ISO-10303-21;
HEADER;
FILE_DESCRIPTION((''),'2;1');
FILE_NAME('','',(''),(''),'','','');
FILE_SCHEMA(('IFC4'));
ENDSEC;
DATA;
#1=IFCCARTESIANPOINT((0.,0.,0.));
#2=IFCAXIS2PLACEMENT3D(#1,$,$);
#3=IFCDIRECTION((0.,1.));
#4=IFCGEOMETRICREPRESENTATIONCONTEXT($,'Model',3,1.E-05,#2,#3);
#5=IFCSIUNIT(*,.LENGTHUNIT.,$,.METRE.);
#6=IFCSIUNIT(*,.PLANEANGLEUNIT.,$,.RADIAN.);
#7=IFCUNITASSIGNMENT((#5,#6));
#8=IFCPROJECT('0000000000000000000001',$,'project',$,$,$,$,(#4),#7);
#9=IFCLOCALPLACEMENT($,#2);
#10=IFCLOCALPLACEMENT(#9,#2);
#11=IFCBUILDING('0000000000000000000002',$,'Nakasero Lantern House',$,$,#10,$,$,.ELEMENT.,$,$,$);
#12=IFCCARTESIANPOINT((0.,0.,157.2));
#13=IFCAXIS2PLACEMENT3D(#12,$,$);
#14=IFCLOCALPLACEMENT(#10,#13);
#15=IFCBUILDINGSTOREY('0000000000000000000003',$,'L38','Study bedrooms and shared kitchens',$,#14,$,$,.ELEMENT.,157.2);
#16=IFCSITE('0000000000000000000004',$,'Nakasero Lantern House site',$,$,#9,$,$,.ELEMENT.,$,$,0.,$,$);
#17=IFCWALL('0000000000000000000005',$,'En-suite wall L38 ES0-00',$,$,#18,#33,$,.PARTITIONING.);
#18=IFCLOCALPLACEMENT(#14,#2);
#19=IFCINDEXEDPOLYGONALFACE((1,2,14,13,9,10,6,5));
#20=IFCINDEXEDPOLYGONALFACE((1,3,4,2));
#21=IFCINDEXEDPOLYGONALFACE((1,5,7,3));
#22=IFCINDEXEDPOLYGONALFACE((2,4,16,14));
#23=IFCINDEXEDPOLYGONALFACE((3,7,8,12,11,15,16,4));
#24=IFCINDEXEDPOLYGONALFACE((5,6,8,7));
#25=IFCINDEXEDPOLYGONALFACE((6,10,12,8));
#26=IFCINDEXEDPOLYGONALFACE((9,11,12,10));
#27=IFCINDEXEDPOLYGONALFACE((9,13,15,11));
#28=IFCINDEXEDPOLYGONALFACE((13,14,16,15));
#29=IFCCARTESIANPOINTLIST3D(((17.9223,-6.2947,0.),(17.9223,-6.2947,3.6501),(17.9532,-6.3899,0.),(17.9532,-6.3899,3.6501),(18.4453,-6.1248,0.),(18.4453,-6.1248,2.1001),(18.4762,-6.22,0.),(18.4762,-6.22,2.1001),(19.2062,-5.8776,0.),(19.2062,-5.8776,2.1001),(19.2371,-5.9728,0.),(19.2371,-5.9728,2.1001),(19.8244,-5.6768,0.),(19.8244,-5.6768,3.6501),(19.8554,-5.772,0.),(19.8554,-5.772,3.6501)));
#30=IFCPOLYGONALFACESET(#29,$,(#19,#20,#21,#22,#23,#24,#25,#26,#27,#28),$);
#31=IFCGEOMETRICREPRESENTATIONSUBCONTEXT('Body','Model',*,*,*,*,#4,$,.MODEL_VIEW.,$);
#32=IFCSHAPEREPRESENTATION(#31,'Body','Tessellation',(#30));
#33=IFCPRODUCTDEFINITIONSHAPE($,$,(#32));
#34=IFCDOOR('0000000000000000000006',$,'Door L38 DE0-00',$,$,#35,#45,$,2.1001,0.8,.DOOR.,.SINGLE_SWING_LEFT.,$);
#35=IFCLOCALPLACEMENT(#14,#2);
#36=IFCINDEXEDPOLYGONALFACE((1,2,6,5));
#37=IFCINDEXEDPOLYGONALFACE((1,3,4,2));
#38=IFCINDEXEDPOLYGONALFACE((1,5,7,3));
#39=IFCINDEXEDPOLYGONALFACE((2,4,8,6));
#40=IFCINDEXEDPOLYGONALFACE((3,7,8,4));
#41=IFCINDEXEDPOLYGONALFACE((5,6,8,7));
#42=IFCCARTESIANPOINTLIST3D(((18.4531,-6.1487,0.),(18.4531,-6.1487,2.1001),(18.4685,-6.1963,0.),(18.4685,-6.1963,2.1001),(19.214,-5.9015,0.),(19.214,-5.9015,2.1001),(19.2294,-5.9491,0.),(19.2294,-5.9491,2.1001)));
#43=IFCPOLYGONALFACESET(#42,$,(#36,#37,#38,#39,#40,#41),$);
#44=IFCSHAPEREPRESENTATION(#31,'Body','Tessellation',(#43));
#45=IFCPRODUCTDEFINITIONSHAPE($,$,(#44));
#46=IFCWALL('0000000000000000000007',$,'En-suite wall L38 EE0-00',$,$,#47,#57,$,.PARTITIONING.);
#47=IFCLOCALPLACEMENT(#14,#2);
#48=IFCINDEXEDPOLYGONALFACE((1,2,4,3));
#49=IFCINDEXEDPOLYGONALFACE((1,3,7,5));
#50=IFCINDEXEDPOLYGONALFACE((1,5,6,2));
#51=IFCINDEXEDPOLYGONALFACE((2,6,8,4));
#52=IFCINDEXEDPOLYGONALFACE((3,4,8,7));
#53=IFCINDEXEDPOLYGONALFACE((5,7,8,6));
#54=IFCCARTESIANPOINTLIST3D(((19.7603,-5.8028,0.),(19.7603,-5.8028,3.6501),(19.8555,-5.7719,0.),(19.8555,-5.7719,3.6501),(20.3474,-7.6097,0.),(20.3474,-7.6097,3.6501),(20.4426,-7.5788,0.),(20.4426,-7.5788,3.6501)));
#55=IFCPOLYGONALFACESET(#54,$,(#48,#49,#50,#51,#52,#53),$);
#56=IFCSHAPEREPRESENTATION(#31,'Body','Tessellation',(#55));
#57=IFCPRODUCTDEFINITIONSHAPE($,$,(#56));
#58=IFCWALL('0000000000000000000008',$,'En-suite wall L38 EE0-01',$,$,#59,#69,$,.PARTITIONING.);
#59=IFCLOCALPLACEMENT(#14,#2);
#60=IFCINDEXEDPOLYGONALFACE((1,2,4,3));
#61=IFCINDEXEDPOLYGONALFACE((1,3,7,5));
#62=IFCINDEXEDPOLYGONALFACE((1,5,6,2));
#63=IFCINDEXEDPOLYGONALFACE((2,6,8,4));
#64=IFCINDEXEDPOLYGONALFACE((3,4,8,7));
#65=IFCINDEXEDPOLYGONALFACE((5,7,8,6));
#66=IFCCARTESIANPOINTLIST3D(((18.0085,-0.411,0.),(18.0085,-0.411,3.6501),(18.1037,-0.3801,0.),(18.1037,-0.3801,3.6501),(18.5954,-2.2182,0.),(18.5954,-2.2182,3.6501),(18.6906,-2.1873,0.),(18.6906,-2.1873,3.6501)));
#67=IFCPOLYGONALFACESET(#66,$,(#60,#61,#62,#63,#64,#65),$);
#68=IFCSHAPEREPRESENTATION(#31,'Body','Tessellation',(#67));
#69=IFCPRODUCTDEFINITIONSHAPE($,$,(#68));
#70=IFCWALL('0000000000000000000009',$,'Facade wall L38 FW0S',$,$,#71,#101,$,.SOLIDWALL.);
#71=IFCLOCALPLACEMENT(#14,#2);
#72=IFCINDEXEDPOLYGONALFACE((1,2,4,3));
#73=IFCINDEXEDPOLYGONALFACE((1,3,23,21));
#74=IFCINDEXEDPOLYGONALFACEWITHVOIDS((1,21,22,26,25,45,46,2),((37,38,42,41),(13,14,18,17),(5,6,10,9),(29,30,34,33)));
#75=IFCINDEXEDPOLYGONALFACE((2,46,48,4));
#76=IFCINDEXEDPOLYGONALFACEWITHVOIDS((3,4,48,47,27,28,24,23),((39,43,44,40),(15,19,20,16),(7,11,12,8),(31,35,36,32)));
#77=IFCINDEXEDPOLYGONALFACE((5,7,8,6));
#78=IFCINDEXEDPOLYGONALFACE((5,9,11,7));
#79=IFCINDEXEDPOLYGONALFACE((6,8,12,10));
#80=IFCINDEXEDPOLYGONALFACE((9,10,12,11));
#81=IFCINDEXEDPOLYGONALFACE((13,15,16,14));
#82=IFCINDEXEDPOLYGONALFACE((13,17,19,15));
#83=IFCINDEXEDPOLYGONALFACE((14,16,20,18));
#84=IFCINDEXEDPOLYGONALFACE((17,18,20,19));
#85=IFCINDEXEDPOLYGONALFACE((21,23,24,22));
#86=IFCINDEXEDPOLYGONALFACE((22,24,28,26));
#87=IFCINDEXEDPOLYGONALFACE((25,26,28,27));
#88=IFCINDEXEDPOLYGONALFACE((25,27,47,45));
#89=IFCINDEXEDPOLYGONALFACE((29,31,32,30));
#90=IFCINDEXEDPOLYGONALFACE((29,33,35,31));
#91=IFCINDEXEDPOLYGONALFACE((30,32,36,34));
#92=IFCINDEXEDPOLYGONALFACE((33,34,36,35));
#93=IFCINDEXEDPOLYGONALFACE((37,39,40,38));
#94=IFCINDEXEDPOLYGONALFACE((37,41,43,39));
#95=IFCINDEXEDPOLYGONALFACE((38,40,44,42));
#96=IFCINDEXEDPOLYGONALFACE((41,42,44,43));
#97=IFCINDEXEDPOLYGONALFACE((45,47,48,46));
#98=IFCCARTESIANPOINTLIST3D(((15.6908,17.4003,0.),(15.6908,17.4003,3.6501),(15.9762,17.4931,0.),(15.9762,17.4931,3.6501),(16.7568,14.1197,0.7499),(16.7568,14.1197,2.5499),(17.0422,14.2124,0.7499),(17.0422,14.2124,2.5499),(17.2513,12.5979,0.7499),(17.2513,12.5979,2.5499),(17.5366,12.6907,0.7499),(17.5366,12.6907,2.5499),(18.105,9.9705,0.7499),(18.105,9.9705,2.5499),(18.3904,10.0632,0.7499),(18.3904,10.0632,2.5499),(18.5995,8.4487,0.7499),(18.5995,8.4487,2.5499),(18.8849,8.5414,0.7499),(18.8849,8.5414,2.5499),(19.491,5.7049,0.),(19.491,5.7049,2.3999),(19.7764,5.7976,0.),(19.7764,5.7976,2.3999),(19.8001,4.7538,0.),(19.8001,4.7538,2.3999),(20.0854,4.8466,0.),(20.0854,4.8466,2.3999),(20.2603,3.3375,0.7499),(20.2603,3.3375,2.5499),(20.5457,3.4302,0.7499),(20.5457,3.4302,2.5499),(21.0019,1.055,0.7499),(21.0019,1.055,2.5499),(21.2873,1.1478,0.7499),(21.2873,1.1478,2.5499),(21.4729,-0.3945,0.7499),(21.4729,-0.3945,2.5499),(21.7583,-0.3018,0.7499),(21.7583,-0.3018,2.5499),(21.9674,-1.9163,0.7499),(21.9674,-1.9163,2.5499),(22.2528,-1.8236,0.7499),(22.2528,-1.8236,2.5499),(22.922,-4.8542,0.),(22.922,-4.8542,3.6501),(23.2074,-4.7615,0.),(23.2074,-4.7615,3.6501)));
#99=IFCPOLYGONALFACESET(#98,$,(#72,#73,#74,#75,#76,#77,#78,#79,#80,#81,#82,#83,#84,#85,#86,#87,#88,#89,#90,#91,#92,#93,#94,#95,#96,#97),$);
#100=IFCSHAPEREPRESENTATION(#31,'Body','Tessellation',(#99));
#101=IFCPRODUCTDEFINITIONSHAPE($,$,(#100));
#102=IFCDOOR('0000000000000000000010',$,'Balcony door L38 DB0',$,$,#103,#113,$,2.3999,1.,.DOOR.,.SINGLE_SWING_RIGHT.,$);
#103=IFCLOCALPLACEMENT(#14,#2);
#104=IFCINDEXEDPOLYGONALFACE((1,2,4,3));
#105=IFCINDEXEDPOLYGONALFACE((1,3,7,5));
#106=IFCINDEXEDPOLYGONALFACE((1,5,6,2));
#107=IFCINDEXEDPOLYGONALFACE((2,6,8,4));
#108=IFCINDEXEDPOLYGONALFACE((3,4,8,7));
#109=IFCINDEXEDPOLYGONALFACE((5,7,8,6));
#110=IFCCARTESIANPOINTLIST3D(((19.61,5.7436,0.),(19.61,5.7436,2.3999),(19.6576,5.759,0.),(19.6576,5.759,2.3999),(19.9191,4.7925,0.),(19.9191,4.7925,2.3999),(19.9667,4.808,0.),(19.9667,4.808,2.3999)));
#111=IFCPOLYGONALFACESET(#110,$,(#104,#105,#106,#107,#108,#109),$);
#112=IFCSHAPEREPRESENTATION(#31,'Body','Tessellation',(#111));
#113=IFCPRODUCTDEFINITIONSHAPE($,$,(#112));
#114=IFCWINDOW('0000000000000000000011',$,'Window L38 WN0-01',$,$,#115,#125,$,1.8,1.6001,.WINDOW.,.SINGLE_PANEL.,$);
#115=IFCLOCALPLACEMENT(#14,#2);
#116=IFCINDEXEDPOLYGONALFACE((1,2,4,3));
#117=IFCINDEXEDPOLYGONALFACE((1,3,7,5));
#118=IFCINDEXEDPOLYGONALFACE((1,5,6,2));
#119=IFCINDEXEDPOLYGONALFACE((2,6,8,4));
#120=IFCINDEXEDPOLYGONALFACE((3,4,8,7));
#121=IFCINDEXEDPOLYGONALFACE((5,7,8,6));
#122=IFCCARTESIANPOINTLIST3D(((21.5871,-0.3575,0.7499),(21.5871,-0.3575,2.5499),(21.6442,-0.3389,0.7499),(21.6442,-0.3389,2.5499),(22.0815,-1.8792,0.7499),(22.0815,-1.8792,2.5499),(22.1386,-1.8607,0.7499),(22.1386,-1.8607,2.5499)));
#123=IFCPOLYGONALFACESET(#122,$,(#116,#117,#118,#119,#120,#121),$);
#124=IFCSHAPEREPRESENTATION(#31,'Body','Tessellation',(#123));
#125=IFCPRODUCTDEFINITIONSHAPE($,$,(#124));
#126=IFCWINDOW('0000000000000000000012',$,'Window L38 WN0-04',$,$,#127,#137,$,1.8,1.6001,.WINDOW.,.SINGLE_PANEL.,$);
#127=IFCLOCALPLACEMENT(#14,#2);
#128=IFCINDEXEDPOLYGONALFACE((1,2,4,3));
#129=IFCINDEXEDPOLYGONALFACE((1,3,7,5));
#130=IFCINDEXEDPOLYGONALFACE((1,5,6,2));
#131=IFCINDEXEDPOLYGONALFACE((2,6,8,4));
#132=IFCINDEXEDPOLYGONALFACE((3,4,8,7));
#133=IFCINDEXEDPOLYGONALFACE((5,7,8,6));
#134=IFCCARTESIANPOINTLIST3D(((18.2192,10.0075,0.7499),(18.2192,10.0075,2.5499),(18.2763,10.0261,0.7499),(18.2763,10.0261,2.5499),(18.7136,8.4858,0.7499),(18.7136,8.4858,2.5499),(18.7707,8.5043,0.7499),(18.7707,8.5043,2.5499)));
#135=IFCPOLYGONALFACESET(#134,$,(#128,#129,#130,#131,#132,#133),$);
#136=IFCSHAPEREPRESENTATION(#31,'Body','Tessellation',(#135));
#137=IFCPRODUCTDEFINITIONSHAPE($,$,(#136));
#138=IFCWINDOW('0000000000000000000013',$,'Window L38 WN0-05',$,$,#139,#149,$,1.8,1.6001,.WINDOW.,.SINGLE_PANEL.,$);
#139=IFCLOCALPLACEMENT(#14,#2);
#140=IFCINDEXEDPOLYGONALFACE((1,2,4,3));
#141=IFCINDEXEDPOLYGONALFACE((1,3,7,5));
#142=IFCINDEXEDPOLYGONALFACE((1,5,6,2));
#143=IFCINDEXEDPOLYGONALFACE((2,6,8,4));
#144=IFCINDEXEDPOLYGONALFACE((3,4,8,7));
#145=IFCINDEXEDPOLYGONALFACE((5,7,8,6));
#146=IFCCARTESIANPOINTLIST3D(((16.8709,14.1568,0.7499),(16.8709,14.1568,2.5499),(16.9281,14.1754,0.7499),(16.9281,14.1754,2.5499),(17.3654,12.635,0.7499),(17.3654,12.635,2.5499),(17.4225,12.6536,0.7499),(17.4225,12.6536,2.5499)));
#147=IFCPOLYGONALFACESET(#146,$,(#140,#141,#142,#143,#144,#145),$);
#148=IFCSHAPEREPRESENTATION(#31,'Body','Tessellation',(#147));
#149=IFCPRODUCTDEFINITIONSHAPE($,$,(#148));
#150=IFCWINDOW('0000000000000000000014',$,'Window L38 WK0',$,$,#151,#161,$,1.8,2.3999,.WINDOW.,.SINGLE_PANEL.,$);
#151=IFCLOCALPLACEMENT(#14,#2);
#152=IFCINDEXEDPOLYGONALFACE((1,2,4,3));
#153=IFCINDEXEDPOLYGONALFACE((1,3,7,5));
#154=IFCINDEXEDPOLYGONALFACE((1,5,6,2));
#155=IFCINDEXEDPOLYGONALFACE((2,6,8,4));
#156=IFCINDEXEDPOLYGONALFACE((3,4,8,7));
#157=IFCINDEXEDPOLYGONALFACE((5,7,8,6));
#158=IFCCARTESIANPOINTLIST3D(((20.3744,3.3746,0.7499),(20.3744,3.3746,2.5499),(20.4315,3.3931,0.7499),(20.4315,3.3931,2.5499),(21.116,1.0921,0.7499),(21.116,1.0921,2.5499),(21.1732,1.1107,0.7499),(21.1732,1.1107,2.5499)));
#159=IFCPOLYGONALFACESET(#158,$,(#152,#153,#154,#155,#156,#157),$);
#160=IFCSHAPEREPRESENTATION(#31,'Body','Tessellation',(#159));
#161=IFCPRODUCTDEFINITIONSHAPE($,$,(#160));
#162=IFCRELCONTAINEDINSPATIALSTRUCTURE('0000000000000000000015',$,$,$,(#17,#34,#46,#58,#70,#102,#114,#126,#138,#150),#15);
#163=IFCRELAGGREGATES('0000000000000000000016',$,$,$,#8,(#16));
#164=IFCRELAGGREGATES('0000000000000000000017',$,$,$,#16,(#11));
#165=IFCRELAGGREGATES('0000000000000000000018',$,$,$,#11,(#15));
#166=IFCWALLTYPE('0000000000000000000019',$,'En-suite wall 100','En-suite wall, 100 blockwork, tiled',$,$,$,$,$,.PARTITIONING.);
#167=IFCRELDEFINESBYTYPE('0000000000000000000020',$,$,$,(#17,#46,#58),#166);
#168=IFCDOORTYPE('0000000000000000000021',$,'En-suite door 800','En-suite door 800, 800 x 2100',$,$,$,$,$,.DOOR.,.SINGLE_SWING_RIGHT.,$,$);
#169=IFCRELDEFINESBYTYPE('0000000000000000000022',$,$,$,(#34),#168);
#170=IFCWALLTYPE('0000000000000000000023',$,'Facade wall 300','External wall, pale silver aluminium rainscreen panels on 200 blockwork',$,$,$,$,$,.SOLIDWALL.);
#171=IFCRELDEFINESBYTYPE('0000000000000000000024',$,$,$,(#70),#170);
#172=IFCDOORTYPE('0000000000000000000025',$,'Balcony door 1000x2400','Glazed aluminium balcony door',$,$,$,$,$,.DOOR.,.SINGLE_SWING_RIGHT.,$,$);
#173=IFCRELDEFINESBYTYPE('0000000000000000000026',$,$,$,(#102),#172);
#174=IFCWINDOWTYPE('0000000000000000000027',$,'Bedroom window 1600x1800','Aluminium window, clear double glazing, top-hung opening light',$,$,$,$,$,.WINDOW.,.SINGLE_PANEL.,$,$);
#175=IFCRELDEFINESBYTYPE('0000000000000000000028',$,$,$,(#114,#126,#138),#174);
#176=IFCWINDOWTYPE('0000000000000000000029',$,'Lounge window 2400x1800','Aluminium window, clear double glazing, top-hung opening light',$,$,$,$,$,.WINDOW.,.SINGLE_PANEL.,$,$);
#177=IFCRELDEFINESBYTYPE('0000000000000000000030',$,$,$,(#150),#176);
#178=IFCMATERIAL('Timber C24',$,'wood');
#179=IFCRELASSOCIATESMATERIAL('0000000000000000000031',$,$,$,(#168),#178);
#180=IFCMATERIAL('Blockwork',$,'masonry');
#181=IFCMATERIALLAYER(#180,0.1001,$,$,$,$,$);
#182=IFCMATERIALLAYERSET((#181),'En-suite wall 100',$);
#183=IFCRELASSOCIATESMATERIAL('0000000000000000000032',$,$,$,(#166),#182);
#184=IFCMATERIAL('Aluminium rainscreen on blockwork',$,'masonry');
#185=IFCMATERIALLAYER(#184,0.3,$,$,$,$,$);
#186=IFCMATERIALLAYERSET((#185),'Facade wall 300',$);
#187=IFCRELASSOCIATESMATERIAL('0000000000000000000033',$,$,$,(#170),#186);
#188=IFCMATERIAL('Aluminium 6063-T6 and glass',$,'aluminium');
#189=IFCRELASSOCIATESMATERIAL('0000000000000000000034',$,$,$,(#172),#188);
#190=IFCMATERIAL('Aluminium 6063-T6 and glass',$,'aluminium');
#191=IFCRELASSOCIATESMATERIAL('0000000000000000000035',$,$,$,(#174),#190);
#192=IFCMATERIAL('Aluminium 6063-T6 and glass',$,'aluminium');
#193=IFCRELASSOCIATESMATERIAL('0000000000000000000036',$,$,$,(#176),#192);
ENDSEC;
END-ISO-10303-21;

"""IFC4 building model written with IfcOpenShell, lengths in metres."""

from ifc_helpers import new_model, si_unit, direction, frame, frame_2d, origin, place, context, subcontext, project, spatial, rectangle, extrude, material, layer, layer_set, type_object, element, fill, save


model = new_model("IFC4")

# Units and contexts
model_context = context("Model", 3, precision=1e-05, world=origin(), true_north=direction((0.0, 1.0)))
body_context = subcontext(model_context, "Body", "Model", "MODEL_VIEW")
ifc_project = project(units=[si_unit("LENGTHUNIT", "METRE"), si_unit("PLANEANGLEUNIT", "RADIAN")], contexts=[model_context])

# Site, building, storey
site_placement = place(None, origin())
site = spatial("IfcSite", under=ifc_project, at=site_placement, Name="Nakasero Lantern House site", CompositionType="ELEMENT", RefElevation=0.0)
building_placement = place(site_placement, origin())
building = spatial("IfcBuilding", under=site, at=building_placement, Name="Nakasero Lantern House", CompositionType="ELEMENT")
storey_placement = place(building_placement, frame((0.0, 0.0, 157.2)))
storey = spatial("IfcBuildingStorey", under=building, at=storey_placement, Name="L38", Description="Study bedrooms and shared kitchens", CompositionType="ELEMENT", Elevation=157.2)

# Shared definitions
ifc_material_1 = material(Name="Timber C24", Category="wood")
door_type_1 = type_object("IfcDoorType", Name="En-suite door 800", Description="En-suite door 800, 800 x 2100", OperationType="SINGLE_SWING_RIGHT", PredefinedType="DOOR", material=ifc_material_1)

# Shared definitions
ifc_material_2 = material(Name="Blockwork", Category="masonry")
ifc_layer_1 = layer(ifc_material_2, 0.1001)
ifc_layer_set_1 = layer_set([ifc_layer_1], Name="En-suite wall 100")
wall_type_1 = type_object("IfcWallType", Name="En-suite wall 100", Description="En-suite wall, 100 blockwork, tiled", PredefinedType="PARTITIONING", material=ifc_layer_set_1)

# Wall, opening, door
wall_1_placement = place(storey_placement, frame((17.9377, -6.3423, 0.0), z_axis=(0.0, 0.0, 1.0), x_axis=(0.951073, 0.308967, 0.0)))
wall_1 = element("IfcWall", 1, at=wall_1_placement, inside=storey, type_object=wall_type_1, Name="En-suite wall L38 ES0-00", PredefinedType="PARTITIONING", context=body_context, shape_type="SweptSolid", body=[
    extrude(rectangle(XDim=2.0, YDim=0.1001, at=frame_2d((1.0, 0.0))), origin(), (0.0, 0.0, 1.0), 3.6501),
])
opening_1_placement = place(wall_1_placement, frame((0.55, 0.0, 0.0)))
opening_1 = element("IfcOpeningElement", 2, at=opening_1_placement, cuts=wall_1, PredefinedType="OPENING", context=body_context, shape_type="SweptSolid", body=[
    extrude(rectangle(XDim=0.8, YDim=2.1001, at=frame_2d((0.3999, 1.05))), frame((0.0, 0.0701, 0.0), z_axis=(0.0, -1.0, 0.0), x_axis=(1.0, 0.0, 0.0)), (0.0, 0.0, 1.0), 0.1401),
])
door_1_placement = place(opening_1_placement, origin())
door_1 = element("IfcDoor", 3, at=door_1_placement, inside=storey, type_object=door_type_1, Name="Door L38 DE0-00", OperationType="SINGLE_SWING_LEFT", OverallHeight=2.1001, OverallWidth=0.8, PredefinedType="DOOR", context=body_context, shape_type="SweptSolid", body=[
    extrude(rectangle(XDim=0.8, YDim=2.1001, at=frame_2d((0.3999, 1.05))), frame((0.0, 0.0249, 0.0), z_axis=(0.0, -1.0, 0.0), x_axis=(1.0, 0.0, 0.0)), (0.0, 0.0, 1.0), 0.05),
])
fill(opening_1, door_1)

# Walls
wall_2_placement = place(storey_placement, frame((20.395, -7.5942, 0.0), z_axis=(0.0, 0.0, 1.0), x_axis=(-0.309048, 0.951046, 0.0)))
element("IfcWall", 4, at=wall_2_placement, inside=storey, type_object=wall_type_1, Name="En-suite wall L38 EE0-00", PredefinedType="PARTITIONING", context=body_context, shape_type="SweptSolid", body=[
    extrude(rectangle(XDim=1.8999, YDim=0.1001, at=frame_2d((0.95, 0.0))), origin(), (0.0, 0.0, 1.0), 3.6501),
])
wall_3_placement = place(storey_placement, frame((18.6431, -2.2029, 0.0), z_axis=(0.0, 0.0, 1.0), x_axis=(-0.308894, 0.951096, 0.0)))
element("IfcWall", 5, at=wall_3_placement, inside=storey, type_object=wall_type_1, Name="En-suite wall L38 EE0-01", PredefinedType="PARTITIONING", context=body_context, shape_type="SweptSolid", body=[
    extrude(rectangle(XDim=1.9001, YDim=0.1001, at=frame_2d((0.9502, 0.0))), origin(), (0.0, 0.0, 1.0), 3.6501),
])

# Wall, openings, door, windows
ifc_material_3 = material(Name="Aluminium rainscreen on blockwork", Category="masonry")
ifc_layer_2 = layer(ifc_material_3, 0.3)
ifc_layer_set_2 = layer_set([ifc_layer_2], Name="Facade wall 300")
wall_type_2 = type_object("IfcWallType", Name="Facade wall 300", Description="External wall, pale silver aluminium rainscreen panels on 200 blockwork", PredefinedType="SOLIDWALL", material=ifc_layer_set_2)
wall_4_placement = place(storey_placement, frame((23.0647, -4.8079, 0.0), z_axis=(0.0, 0.0, 1.0), x_axis=(-0.309026, 0.951054, 0.0)))
wall_4 = element("IfcWall", 6, at=wall_4_placement, inside=storey, type_object=wall_type_2, Name="Facade wall L38 FW0S", PredefinedType="SOLIDWALL", context=body_context, shape_type="SweptSolid", body=[
    extrude(rectangle(XDim=23.3999, YDim=0.3, at=frame_2d((11.7, 0.0))), origin(), (0.0, 0.0, 1.0), 3.6501),
])
opening_2_placement = place(wall_4_placement, frame((3.0891, 0.0, 0.75)))
opening_2 = element("IfcOpeningElement", 7, at=opening_2_placement, cuts=wall_4, PredefinedType="OPENING", context=body_context, shape_type="SweptSolid", body=[
    extrude(rectangle(XDim=1.6001, YDim=1.8, at=frame_2d((0.8, 0.8999))), frame((0.0, 0.1699, 0.0), z_axis=(0.0, -1.0, 0.0), x_axis=(1.0, 0.0, 0.0)), (0.0, 0.0, 1.0), 0.3401),
])
opening_3_placement = place(wall_4_placement, frame((13.9875, 0.0, 0.75)))
opening_3 = element("IfcOpeningElement", 8, at=opening_3_placement, cuts=wall_4, PredefinedType="OPENING", context=body_context, shape_type="SweptSolid", body=[
    extrude(rectangle(XDim=1.6001, YDim=1.8, at=frame_2d((0.8, 0.8999))), frame((0.0, 0.1699, 0.0), z_axis=(0.0, -1.0, 0.0), x_axis=(1.0, 0.0, 0.0)), (0.0, 0.0, 1.0), 0.3401),
])
opening_4_placement = place(wall_4_placement, frame((18.3503, 0.0, 0.75)))
opening_4 = element("IfcOpeningElement", 9, at=opening_4_placement, cuts=wall_4, PredefinedType="OPENING", context=body_context, shape_type="SweptSolid", body=[
    extrude(rectangle(XDim=1.6001, YDim=1.8, at=frame_2d((0.8, 0.8999))), frame((0.0, 0.1699, 0.0), z_axis=(0.0, -1.0, 0.0), x_axis=(1.0, 0.0, 0.0)), (0.0, 0.0, 1.0), 0.3401),
])
opening_5_placement = place(wall_4_placement, frame((6.2134, 0.0, 0.75)))
opening_5 = element("IfcOpeningElement", 10, at=opening_5_placement, cuts=wall_4, PredefinedType="OPENING", context=body_context, shape_type="SweptSolid", body=[
    extrude(rectangle(XDim=2.3999, YDim=1.8, at=frame_2d((1.2, 0.8999))), frame((0.0, 0.1699, 0.0), z_axis=(0.0, -1.0, 0.0), x_axis=(1.0, 0.0, 0.0)), (0.0, 0.0, 1.0), 0.3401),
])
opening_6_placement = place(wall_4_placement, frame((10.1025, 0.0, 0.0)))
opening_6 = element("IfcOpeningElement", 11, at=opening_6_placement, cuts=wall_4, PredefinedType="OPENING", context=body_context, shape_type="SweptSolid", body=[
    extrude(rectangle(XDim=1.0, YDim=2.3999, at=frame_2d((0.5, 1.2))), frame((0.0, 0.1699, 0.0), z_axis=(0.0, -1.0, 0.0), x_axis=(1.0, 0.0, 0.0)), (0.0, 0.0, 1.0), 0.3401),
])
ifc_material_4 = material(Name="Aluminium 6063-T6 and glass", Category="aluminium")
door_type_2 = type_object("IfcDoorType", Name="Balcony door 1000x2400", Description="Glazed aluminium balcony door", OperationType="SINGLE_SWING_RIGHT", PredefinedType="DOOR", material=ifc_material_4)
door_2_placement = place(opening_6_placement, origin())
door_2 = element("IfcDoor", 12, at=door_2_placement, inside=storey, type_object=door_type_2, Name="Balcony door L38 DB0", OperationType="SINGLE_SWING_RIGHT", OverallHeight=2.3999, OverallWidth=1.0, PredefinedType="DOOR", context=body_context, shape_type="SweptSolid", body=[
    extrude(rectangle(XDim=1.0, YDim=2.3999, at=frame_2d((0.5, 1.2))), frame((0.0, 0.0249, 0.0), z_axis=(0.0, -1.0, 0.0), x_axis=(1.0, 0.0, 0.0)), (0.0, 0.0, 1.0), 0.05),
])
fill(opening_6, door_2)
ifc_material_5 = material(Name="Aluminium 6063-T6 and glass", Category="aluminium")
window_type_1 = type_object("IfcWindowType", Name="Bedroom window 1600x1800", Description="Aluminium window, clear double glazing, top-hung opening light", PartitioningType="SINGLE_PANEL", PredefinedType="WINDOW", material=ifc_material_5)
window_1_placement = place(opening_2_placement, origin())
window_1 = element("IfcWindow", 13, at=window_1_placement, inside=storey, type_object=window_type_1, Name="Window L38 WN0-01", OverallHeight=1.8, OverallWidth=1.6001, PartitioningType="SINGLE_PANEL", PredefinedType="WINDOW", context=body_context, shape_type="SweptSolid", body=[
    extrude(rectangle(XDim=1.6001, YDim=1.8, at=frame_2d((0.8, 0.8999))), frame((0.0, 0.03, 0.0), z_axis=(0.0, -1.0, 0.0), x_axis=(1.0, 0.0, 0.0)), (0.0, 0.0, 1.0), 0.0601),
])
fill(opening_2, window_1)
window_2_placement = place(opening_3_placement, origin())
window_2 = element("IfcWindow", 14, at=window_2_placement, inside=storey, type_object=window_type_1, Name="Window L38 WN0-04", OverallHeight=1.8, OverallWidth=1.6001, PartitioningType="SINGLE_PANEL", PredefinedType="WINDOW", context=body_context, shape_type="SweptSolid", body=[
    extrude(rectangle(XDim=1.6001, YDim=1.8, at=frame_2d((0.8, 0.8999))), frame((0.0, 0.03, 0.0), z_axis=(0.0, -1.0, 0.0), x_axis=(1.0, 0.0, 0.0)), (0.0, 0.0, 1.0), 0.0601),
])
fill(opening_3, window_2)
window_3_placement = place(opening_4_placement, origin())
window_3 = element("IfcWindow", 15, at=window_3_placement, inside=storey, type_object=window_type_1, Name="Window L38 WN0-05", OverallHeight=1.8, OverallWidth=1.6001, PartitioningType="SINGLE_PANEL", PredefinedType="WINDOW", context=body_context, shape_type="SweptSolid", body=[
    extrude(rectangle(XDim=1.6001, YDim=1.8, at=frame_2d((0.8, 0.8999))), frame((0.0, 0.03, 0.0), z_axis=(0.0, -1.0, 0.0), x_axis=(1.0, 0.0, 0.0)), (0.0, 0.0, 1.0), 0.0601),
])
fill(opening_4, window_3)
ifc_material_6 = material(Name="Aluminium 6063-T6 and glass", Category="aluminium")
window_type_2 = type_object("IfcWindowType", Name="Lounge window 2400x1800", Description="Aluminium window, clear double glazing, top-hung opening light", PartitioningType="SINGLE_PANEL", PredefinedType="WINDOW", material=ifc_material_6)
window_4_placement = place(opening_5_placement, origin())
window_4 = element("IfcWindow", 16, at=window_4_placement, inside=storey, type_object=window_type_2, Name="Window L38 WK0", OverallHeight=1.8, OverallWidth=2.3999, PartitioningType="SINGLE_PANEL", PredefinedType="WINDOW", context=body_context, shape_type="SweptSolid", body=[
    extrude(rectangle(XDim=2.3999, YDim=1.8, at=frame_2d((1.2, 0.8999))), frame((0.0, 0.03, 0.0), z_axis=(0.0, -1.0, 0.0), x_axis=(1.0, 0.0, 0.0)), (0.0, 0.0, 1.0), 0.0601),
])
fill(opening_5, window_4)

save(model, "model.ifc")
